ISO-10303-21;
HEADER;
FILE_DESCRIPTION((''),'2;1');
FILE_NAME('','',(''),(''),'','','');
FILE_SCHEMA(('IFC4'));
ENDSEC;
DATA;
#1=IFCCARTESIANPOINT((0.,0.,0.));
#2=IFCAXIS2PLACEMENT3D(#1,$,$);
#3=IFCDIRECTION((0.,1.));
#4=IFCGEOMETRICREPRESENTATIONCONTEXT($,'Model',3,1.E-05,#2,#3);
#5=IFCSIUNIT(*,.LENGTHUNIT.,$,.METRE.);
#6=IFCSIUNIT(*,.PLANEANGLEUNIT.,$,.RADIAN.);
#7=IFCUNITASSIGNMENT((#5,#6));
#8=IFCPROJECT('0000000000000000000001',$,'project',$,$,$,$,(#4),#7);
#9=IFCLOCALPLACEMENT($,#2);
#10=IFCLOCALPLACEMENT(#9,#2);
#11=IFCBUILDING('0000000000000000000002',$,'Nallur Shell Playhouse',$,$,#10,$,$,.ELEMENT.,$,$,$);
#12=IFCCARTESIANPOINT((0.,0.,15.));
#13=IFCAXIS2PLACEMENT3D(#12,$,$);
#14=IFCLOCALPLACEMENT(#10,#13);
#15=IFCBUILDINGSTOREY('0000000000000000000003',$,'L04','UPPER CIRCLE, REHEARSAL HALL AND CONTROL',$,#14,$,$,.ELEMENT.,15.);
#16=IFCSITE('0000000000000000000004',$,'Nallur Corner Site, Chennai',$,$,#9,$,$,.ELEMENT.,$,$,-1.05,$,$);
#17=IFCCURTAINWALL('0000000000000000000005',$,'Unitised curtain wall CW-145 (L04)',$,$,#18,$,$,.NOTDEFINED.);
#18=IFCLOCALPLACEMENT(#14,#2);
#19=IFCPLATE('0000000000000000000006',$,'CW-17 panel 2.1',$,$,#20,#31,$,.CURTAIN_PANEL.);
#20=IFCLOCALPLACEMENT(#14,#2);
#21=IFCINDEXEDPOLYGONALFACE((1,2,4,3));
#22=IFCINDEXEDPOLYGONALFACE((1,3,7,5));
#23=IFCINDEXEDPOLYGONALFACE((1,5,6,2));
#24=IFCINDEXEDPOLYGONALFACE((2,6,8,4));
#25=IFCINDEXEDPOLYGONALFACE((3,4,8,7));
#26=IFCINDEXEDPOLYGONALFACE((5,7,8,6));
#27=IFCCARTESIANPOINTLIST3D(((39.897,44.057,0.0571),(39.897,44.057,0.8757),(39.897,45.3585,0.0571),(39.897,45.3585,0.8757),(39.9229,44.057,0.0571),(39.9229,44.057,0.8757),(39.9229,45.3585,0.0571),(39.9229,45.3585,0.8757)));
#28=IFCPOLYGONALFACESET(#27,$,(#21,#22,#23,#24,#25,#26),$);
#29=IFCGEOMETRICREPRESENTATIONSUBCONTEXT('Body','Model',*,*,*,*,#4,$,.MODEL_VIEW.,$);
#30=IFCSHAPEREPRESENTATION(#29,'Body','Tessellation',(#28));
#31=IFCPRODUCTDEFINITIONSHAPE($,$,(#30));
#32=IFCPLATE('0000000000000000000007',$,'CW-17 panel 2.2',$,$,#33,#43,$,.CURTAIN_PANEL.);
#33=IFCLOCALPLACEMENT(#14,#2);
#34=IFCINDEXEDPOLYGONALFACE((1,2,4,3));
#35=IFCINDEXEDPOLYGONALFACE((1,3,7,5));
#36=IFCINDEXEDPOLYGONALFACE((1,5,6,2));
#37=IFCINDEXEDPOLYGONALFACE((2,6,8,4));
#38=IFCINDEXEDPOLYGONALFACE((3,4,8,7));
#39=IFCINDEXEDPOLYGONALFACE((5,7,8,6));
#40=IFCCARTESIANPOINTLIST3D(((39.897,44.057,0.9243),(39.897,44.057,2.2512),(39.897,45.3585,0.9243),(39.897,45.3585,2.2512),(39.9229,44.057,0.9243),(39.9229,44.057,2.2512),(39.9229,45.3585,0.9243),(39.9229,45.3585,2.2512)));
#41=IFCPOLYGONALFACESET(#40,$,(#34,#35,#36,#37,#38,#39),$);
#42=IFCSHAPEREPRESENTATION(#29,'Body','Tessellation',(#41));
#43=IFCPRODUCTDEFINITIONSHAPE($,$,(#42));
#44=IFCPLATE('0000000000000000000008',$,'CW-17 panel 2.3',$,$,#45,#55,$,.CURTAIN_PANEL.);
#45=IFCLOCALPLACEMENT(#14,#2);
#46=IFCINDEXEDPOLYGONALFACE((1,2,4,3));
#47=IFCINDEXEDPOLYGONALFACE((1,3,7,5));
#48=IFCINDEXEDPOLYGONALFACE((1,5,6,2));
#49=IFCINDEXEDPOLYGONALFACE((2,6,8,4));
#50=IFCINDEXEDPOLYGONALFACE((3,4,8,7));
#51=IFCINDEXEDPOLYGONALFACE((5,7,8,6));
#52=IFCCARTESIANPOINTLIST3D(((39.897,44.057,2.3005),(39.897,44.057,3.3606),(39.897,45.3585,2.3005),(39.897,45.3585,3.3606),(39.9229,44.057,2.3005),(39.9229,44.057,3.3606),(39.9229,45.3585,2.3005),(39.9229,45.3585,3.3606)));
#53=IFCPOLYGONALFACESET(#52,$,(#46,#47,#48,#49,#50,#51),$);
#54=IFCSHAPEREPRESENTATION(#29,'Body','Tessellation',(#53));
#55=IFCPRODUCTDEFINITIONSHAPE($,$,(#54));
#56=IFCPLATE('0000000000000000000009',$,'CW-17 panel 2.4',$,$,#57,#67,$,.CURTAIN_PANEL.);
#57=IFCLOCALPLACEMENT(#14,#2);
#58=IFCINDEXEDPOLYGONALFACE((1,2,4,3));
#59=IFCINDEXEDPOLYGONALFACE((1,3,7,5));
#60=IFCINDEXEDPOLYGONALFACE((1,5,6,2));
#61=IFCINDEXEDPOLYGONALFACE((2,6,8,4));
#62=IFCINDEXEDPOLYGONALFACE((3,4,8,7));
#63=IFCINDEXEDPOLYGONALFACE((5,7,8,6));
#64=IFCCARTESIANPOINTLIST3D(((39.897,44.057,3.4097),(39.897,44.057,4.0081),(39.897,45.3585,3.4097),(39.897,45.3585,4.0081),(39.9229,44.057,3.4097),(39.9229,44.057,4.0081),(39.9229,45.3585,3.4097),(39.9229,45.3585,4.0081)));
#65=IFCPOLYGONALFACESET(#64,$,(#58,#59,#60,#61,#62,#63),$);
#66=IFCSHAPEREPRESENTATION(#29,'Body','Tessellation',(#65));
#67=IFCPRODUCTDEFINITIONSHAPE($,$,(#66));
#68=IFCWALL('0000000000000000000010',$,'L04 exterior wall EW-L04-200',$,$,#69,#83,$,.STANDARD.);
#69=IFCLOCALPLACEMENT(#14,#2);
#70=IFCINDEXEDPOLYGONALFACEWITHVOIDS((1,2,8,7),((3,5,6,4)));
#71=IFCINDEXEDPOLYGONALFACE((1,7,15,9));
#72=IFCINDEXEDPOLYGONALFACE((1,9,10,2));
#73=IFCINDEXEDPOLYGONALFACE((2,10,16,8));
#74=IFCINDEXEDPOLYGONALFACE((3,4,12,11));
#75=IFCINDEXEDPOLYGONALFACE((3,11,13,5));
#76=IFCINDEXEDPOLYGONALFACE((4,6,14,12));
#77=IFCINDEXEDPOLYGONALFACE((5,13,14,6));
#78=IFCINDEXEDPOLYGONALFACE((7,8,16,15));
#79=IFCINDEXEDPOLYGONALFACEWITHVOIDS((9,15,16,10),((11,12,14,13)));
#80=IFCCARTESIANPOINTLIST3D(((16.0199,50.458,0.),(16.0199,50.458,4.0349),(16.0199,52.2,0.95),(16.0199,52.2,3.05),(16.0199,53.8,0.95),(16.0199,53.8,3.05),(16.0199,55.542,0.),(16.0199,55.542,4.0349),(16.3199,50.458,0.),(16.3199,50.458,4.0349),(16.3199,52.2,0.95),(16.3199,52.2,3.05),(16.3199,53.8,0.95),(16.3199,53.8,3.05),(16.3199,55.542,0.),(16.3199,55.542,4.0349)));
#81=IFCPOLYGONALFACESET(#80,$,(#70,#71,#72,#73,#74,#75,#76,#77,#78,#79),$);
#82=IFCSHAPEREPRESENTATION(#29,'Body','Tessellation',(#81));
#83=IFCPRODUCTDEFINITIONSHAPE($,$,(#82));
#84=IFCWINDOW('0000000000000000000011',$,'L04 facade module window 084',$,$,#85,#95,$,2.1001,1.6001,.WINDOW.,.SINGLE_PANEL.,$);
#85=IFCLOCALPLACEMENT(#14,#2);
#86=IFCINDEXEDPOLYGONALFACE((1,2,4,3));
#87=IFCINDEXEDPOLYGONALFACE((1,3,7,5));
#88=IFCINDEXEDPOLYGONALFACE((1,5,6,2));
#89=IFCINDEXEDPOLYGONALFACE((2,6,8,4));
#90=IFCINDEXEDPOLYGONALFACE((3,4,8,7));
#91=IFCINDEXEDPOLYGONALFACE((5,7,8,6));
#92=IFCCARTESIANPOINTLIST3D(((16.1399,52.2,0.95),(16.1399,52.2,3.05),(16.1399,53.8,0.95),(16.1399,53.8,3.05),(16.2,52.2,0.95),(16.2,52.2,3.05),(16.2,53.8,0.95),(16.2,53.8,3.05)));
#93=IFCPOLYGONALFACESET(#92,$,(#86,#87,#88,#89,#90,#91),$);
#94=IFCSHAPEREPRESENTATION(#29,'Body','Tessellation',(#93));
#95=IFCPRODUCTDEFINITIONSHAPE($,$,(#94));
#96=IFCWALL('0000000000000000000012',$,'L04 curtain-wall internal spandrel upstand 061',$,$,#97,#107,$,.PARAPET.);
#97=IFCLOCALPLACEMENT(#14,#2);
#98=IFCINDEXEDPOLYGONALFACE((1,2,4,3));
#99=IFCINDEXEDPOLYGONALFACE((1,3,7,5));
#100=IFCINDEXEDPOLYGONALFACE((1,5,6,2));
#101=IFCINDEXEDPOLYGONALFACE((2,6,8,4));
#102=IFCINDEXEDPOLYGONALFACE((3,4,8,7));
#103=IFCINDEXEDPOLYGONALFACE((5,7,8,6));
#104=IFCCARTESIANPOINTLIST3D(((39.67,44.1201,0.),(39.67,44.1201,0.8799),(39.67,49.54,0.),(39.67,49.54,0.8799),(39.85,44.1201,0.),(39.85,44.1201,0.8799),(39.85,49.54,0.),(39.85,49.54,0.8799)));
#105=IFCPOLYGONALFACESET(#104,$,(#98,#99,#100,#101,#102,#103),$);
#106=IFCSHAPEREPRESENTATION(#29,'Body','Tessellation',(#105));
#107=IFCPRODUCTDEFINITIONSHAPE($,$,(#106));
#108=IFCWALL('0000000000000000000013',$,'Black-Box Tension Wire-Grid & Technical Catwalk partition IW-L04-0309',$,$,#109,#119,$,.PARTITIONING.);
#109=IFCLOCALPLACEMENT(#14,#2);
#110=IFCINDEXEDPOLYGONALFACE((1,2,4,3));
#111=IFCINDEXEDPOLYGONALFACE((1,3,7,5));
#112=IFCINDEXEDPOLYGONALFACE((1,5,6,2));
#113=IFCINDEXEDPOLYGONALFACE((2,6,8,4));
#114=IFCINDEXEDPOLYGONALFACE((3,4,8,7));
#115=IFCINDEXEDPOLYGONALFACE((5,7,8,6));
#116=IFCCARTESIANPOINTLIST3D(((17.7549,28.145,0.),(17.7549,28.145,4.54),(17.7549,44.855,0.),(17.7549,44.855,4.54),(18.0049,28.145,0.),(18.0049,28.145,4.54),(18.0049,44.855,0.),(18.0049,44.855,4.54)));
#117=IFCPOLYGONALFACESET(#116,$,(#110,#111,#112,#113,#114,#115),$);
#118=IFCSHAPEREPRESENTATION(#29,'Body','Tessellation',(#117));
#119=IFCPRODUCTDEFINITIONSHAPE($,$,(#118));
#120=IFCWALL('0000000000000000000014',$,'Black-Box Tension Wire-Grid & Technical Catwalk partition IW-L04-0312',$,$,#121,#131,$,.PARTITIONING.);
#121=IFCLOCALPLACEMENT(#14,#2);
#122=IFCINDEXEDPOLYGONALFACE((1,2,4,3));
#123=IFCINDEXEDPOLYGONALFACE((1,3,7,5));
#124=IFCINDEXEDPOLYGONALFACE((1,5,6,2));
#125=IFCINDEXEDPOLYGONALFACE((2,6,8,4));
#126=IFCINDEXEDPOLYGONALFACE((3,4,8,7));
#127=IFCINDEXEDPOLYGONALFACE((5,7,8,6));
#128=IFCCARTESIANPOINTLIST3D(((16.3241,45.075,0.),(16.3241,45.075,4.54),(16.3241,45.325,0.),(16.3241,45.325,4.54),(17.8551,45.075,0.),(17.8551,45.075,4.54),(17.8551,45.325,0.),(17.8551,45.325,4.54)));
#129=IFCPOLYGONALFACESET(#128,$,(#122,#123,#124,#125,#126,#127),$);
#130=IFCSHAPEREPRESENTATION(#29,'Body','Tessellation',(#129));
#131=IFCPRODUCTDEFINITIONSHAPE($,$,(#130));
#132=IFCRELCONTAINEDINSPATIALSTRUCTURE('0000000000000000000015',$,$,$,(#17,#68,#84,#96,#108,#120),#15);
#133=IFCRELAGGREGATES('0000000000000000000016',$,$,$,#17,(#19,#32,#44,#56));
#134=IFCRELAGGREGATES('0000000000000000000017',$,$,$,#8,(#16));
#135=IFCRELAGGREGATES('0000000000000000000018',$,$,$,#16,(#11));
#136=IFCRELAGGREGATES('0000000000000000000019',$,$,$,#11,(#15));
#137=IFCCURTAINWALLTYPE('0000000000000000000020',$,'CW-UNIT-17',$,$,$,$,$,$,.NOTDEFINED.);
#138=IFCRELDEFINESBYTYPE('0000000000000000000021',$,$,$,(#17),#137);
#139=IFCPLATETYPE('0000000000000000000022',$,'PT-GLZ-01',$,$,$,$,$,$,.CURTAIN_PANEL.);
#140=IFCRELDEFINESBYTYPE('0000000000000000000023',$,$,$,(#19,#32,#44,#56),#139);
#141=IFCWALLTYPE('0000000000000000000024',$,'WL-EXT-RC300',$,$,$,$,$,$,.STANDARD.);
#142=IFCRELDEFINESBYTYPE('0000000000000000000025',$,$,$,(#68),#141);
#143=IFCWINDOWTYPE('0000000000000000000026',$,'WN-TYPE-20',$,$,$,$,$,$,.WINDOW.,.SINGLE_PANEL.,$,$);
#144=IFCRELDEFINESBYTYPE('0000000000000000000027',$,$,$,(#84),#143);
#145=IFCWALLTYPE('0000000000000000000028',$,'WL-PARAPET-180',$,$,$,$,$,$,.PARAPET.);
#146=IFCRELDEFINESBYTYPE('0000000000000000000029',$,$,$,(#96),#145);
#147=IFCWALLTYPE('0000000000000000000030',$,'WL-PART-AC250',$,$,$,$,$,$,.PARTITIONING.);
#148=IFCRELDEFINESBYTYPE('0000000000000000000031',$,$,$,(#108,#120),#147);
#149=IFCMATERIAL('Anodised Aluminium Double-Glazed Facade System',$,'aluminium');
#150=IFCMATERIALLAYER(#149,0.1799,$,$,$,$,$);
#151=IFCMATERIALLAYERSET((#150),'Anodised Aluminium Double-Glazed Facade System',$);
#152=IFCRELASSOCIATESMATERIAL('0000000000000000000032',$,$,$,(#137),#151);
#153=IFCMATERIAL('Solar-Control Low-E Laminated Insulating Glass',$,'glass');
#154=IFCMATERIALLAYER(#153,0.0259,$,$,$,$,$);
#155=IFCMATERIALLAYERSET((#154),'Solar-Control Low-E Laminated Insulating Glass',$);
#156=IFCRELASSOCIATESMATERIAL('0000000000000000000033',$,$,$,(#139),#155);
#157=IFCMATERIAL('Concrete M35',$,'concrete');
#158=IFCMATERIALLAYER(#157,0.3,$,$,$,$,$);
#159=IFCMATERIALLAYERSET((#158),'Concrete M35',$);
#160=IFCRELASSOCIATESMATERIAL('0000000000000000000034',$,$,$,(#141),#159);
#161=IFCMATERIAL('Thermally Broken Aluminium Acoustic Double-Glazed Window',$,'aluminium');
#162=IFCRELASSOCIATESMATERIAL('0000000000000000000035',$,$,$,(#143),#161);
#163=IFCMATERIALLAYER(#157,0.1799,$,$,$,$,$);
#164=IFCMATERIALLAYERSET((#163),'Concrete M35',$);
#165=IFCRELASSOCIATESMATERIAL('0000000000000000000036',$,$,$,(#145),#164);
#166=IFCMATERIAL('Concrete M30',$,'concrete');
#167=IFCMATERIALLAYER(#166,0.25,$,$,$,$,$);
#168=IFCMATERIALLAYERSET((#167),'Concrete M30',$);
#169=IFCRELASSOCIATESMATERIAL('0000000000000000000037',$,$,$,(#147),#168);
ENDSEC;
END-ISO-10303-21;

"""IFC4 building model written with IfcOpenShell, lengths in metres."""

from ifc_helpers import new_model, si_unit, direction, frame, frame_2d, origin, origin_2d, place, context, subcontext, project, spatial, rectangle, extrude, material, layer, layer_set, type_object, element, fill, aggregate, save


model = new_model("IFC4")

# Units and contexts
model_context = context("Model", 3, precision=1e-05, world=origin(), true_north=direction((0.0, 1.0)))
body_context = subcontext(model_context, "Body", "Model", "MODEL_VIEW")
ifc_project = project(units=[si_unit("LENGTHUNIT", "METRE"), si_unit("PLANEANGLEUNIT", "RADIAN")], contexts=[model_context])

# Site, building, storey
site_placement = place(None, origin())
site = spatial("IfcSite", under=ifc_project, at=site_placement, Name="Nallur Corner Site, Chennai", CompositionType="ELEMENT", RefElevation=-1.05)
building_placement = place(site_placement, origin())
building = spatial("IfcBuilding", under=site, at=building_placement, Name="Nallur Shell Playhouse", CompositionType="ELEMENT")
storey_placement = place(building_placement, frame((0.0, 0.0, 15.0)))
storey = spatial("IfcBuildingStorey", under=building, at=storey_placement, Name="L04", Description="UPPER CIRCLE, REHEARSAL HALL AND CONTROL", CompositionType="ELEMENT", Elevation=15.0)

# Shared definitions
ifc_material_1 = material(Name="Concrete M30", Category="concrete")
ifc_material_2 = material(Name="Concrete M35", Category="concrete")

# Curtain wall, plates
ifc_material_3 = material(Name="Anodised Aluminium Double-Glazed Facade System", Category="aluminium")
ifc_layer_1 = layer(ifc_material_3, 0.1799)
ifc_layer_set_1 = layer_set([ifc_layer_1], Name="Anodised Aluminium Double-Glazed Facade System")
curtain_wall_type = type_object("IfcCurtainWallType", Name="CW-UNIT-17", PredefinedType="NOTDEFINED", material=ifc_layer_set_1)
curtain_wall_placement = place(storey_placement, origin())
curtain_wall = element("IfcCurtainWall", 1, at=curtain_wall_placement, inside=storey, type_object=curtain_wall_type, Name="Unitised curtain wall CW-145 (L04)", PredefinedType="NOTDEFINED")
ifc_material_4 = material(Name="Solar-Control Low-E Laminated Insulating Glass", Category="glass")
ifc_layer_2 = layer(ifc_material_4, 0.0259)
ifc_layer_set_2 = layer_set([ifc_layer_2], Name="Solar-Control Low-E Laminated Insulating Glass")
plate_type = type_object("IfcPlateType", Name="PT-GLZ-01", PredefinedType="CURTAIN_PANEL", material=ifc_layer_set_2)
plate_1_placement = place(storey_placement, frame((39.9099, 44.7078, 0.0571), z_axis=(0.0, 0.0, 1.0), x_axis=(0.0, -1.0, 0.0)))
plate_1 = element("IfcPlate", 2, at=plate_1_placement, type_object=plate_type, Name="CW-17 panel 2.1", PredefinedType="CURTAIN_PANEL", context=body_context, shape_type="SweptSolid", body=[
    extrude(rectangle(XDim=1.3015, YDim=0.0259, at=origin_2d()), origin(), (0.0, 0.0, 1.0), 0.8186),
])
plate_2_placement = place(storey_placement, frame((39.9099, 44.7078, 0.9243), z_axis=(0.0, 0.0, 1.0), x_axis=(0.0, -1.0, 0.0)))
plate_2 = element("IfcPlate", 3, at=plate_2_placement, type_object=plate_type, Name="CW-17 panel 2.2", PredefinedType="CURTAIN_PANEL", context=body_context, shape_type="SweptSolid", body=[
    extrude(rectangle(XDim=1.3015, YDim=0.0259, at=origin_2d()), origin(), (0.0, 0.0, 1.0), 1.3269),
])
plate_3_placement = place(storey_placement, frame((39.9099, 44.7078, 2.3005), z_axis=(0.0, 0.0, 1.0), x_axis=(0.0, -1.0, 0.0)))
plate_3 = element("IfcPlate", 4, at=plate_3_placement, type_object=plate_type, Name="CW-17 panel 2.3", PredefinedType="CURTAIN_PANEL", context=body_context, shape_type="SweptSolid", body=[
    extrude(rectangle(XDim=1.3015, YDim=0.0259, at=origin_2d()), origin(), (0.0, 0.0, 1.0), 1.0601),
])
plate_4_placement = place(storey_placement, frame((39.9099, 44.7078, 3.4097), z_axis=(0.0, 0.0, 1.0), x_axis=(0.0, -1.0, 0.0)))
plate_4 = element("IfcPlate", 5, at=plate_4_placement, type_object=plate_type, Name="CW-17 panel 2.4", PredefinedType="CURTAIN_PANEL", context=body_context, shape_type="SweptSolid", body=[
    extrude(rectangle(XDim=1.3015, YDim=0.0259, at=origin_2d()), origin(), (0.0, 0.0, 1.0), 0.5984),
])
aggregate(curtain_wall, [plate_1, plate_2, plate_3, plate_4])

# Wall, opening, window
ifc_layer_3 = layer(ifc_material_2, 0.3)
ifc_layer_set_3 = layer_set([ifc_layer_3], Name="Concrete M35")
wall_type_1 = type_object("IfcWallType", Name="WL-EXT-RC300", PredefinedType="STANDARD", material=ifc_layer_set_3)
wall_1_placement = place(storey_placement, frame((16.1699, 50.458, 0.0), z_axis=(0.0, 0.0, 1.0), x_axis=(0.0, 1.0, 0.0)))
wall_1 = element("IfcWall", 6, at=wall_1_placement, inside=storey, type_object=wall_type_1, Name="L04 exterior wall EW-L04-200", PredefinedType="STANDARD", context=body_context, shape_type="SweptSolid", body=[
    extrude(rectangle(XDim=5.084, YDim=0.3, at=frame_2d((2.542, 0.0))), origin(), (0.0, 0.0, 1.0), 4.0349),
])
opening_placement = place(wall_1_placement, frame((1.7419, 0.0, 0.95)))
opening = element("IfcOpeningElement", 7, at=opening_placement, cuts=wall_1, PredefinedType="OPENING", context=body_context, shape_type="SweptSolid", body=[
    extrude(rectangle(XDim=1.6001, YDim=2.1001, at=frame_2d((0.8, 1.05))), frame((0.0, 0.1602, 0.0), z_axis=(0.0, -1.0, 0.0), x_axis=(1.0, 0.0, 0.0)), (0.0, 0.0, 1.0), 0.3201),
])
ifc_material_5 = material(Name="Thermally Broken Aluminium Acoustic Double-Glazed Window", Category="aluminium")
window_type = type_object("IfcWindowType", Name="WN-TYPE-20", PartitioningType="SINGLE_PANEL", PredefinedType="WINDOW", material=ifc_material_5)
window_placement = place(opening_placement, origin())
window = element("IfcWindow", 8, at=window_placement, inside=storey, type_object=window_type, Name="L04 facade module window 084", OverallHeight=2.1001, OverallWidth=1.6001, PartitioningType="SINGLE_PANEL", PredefinedType="WINDOW", context=body_context, shape_type="SweptSolid", body=[
    extrude(rectangle(XDim=1.6001, YDim=2.1001, at=frame_2d((0.8, 1.05))), frame((0.0, 0.03, 0.0), z_axis=(0.0, -1.0, 0.0), x_axis=(1.0, 0.0, 0.0)), (0.0, 0.0, 1.0), 0.0601),
])
fill(opening, window)

# Walls
ifc_layer_4 = layer(ifc_material_2, 0.1799)
ifc_layer_set_4 = layer_set([ifc_layer_4], Name="Concrete M35")
wall_type_2 = type_object("IfcWallType", Name="WL-PARAPET-180", PredefinedType="PARAPET", material=ifc_layer_set_4)
wall_2_placement = place(storey_placement, frame((39.76, 49.54, 0.0), z_axis=(0.0, 0.0, 1.0), x_axis=(0.0, -1.0, 0.0)))
element("IfcWall", 9, at=wall_2_placement, inside=storey, type_object=wall_type_2, Name="L04 curtain-wall internal spandrel upstand 061", PredefinedType="PARAPET", context=body_context, shape_type="SweptSolid", body=[
    extrude(rectangle(XDim=5.4199, YDim=0.1799, at=frame_2d((2.71, 0.0))), origin(), (0.0, 0.0, 1.0), 0.8799),
])
ifc_layer_5 = layer(ifc_material_1, 0.25)
ifc_layer_set_5 = layer_set([ifc_layer_5], Name="Concrete M30")
wall_type_3 = type_object("IfcWallType", Name="WL-PART-AC250", PredefinedType="PARTITIONING", material=ifc_layer_set_5)
wall_3_placement = place(storey_placement, frame((17.8799, 44.855, 0.0), z_axis=(0.0, 0.0, 1.0), x_axis=(0.0, -1.0, 0.0)))
element("IfcWall", 10, at=wall_3_placement, inside=storey, type_object=wall_type_3, Name="Black-Box Tension Wire-Grid & Technical Catwalk partition IW-L04-0309", PredefinedType="PARTITIONING", context=body_context, shape_type="SweptSolid", body=[
    extrude(rectangle(XDim=16.71, YDim=0.25, at=frame_2d((8.355, 0.0))), origin(), (0.0, 0.0, 1.0), 4.54),
])
wall_4_placement = place(storey_placement, frame((16.324, 45.2, 0.0), z_axis=(0.0, 0.0, 1.0), x_axis=(1.0, 0.0, 0.0)))
element("IfcWall", 11, at=wall_4_placement, inside=storey, type_object=wall_type_3, Name="Black-Box Tension Wire-Grid & Technical Catwalk partition IW-L04-0312", PredefinedType="PARTITIONING", context=body_context, shape_type="SweptSolid", body=[
    extrude(rectangle(XDim=1.531, YDim=0.25, at=frame_2d((0.7656, 0.0))), origin(), (0.0, 0.0, 1.0), 4.54),
])

save(model, "model.ifc")
